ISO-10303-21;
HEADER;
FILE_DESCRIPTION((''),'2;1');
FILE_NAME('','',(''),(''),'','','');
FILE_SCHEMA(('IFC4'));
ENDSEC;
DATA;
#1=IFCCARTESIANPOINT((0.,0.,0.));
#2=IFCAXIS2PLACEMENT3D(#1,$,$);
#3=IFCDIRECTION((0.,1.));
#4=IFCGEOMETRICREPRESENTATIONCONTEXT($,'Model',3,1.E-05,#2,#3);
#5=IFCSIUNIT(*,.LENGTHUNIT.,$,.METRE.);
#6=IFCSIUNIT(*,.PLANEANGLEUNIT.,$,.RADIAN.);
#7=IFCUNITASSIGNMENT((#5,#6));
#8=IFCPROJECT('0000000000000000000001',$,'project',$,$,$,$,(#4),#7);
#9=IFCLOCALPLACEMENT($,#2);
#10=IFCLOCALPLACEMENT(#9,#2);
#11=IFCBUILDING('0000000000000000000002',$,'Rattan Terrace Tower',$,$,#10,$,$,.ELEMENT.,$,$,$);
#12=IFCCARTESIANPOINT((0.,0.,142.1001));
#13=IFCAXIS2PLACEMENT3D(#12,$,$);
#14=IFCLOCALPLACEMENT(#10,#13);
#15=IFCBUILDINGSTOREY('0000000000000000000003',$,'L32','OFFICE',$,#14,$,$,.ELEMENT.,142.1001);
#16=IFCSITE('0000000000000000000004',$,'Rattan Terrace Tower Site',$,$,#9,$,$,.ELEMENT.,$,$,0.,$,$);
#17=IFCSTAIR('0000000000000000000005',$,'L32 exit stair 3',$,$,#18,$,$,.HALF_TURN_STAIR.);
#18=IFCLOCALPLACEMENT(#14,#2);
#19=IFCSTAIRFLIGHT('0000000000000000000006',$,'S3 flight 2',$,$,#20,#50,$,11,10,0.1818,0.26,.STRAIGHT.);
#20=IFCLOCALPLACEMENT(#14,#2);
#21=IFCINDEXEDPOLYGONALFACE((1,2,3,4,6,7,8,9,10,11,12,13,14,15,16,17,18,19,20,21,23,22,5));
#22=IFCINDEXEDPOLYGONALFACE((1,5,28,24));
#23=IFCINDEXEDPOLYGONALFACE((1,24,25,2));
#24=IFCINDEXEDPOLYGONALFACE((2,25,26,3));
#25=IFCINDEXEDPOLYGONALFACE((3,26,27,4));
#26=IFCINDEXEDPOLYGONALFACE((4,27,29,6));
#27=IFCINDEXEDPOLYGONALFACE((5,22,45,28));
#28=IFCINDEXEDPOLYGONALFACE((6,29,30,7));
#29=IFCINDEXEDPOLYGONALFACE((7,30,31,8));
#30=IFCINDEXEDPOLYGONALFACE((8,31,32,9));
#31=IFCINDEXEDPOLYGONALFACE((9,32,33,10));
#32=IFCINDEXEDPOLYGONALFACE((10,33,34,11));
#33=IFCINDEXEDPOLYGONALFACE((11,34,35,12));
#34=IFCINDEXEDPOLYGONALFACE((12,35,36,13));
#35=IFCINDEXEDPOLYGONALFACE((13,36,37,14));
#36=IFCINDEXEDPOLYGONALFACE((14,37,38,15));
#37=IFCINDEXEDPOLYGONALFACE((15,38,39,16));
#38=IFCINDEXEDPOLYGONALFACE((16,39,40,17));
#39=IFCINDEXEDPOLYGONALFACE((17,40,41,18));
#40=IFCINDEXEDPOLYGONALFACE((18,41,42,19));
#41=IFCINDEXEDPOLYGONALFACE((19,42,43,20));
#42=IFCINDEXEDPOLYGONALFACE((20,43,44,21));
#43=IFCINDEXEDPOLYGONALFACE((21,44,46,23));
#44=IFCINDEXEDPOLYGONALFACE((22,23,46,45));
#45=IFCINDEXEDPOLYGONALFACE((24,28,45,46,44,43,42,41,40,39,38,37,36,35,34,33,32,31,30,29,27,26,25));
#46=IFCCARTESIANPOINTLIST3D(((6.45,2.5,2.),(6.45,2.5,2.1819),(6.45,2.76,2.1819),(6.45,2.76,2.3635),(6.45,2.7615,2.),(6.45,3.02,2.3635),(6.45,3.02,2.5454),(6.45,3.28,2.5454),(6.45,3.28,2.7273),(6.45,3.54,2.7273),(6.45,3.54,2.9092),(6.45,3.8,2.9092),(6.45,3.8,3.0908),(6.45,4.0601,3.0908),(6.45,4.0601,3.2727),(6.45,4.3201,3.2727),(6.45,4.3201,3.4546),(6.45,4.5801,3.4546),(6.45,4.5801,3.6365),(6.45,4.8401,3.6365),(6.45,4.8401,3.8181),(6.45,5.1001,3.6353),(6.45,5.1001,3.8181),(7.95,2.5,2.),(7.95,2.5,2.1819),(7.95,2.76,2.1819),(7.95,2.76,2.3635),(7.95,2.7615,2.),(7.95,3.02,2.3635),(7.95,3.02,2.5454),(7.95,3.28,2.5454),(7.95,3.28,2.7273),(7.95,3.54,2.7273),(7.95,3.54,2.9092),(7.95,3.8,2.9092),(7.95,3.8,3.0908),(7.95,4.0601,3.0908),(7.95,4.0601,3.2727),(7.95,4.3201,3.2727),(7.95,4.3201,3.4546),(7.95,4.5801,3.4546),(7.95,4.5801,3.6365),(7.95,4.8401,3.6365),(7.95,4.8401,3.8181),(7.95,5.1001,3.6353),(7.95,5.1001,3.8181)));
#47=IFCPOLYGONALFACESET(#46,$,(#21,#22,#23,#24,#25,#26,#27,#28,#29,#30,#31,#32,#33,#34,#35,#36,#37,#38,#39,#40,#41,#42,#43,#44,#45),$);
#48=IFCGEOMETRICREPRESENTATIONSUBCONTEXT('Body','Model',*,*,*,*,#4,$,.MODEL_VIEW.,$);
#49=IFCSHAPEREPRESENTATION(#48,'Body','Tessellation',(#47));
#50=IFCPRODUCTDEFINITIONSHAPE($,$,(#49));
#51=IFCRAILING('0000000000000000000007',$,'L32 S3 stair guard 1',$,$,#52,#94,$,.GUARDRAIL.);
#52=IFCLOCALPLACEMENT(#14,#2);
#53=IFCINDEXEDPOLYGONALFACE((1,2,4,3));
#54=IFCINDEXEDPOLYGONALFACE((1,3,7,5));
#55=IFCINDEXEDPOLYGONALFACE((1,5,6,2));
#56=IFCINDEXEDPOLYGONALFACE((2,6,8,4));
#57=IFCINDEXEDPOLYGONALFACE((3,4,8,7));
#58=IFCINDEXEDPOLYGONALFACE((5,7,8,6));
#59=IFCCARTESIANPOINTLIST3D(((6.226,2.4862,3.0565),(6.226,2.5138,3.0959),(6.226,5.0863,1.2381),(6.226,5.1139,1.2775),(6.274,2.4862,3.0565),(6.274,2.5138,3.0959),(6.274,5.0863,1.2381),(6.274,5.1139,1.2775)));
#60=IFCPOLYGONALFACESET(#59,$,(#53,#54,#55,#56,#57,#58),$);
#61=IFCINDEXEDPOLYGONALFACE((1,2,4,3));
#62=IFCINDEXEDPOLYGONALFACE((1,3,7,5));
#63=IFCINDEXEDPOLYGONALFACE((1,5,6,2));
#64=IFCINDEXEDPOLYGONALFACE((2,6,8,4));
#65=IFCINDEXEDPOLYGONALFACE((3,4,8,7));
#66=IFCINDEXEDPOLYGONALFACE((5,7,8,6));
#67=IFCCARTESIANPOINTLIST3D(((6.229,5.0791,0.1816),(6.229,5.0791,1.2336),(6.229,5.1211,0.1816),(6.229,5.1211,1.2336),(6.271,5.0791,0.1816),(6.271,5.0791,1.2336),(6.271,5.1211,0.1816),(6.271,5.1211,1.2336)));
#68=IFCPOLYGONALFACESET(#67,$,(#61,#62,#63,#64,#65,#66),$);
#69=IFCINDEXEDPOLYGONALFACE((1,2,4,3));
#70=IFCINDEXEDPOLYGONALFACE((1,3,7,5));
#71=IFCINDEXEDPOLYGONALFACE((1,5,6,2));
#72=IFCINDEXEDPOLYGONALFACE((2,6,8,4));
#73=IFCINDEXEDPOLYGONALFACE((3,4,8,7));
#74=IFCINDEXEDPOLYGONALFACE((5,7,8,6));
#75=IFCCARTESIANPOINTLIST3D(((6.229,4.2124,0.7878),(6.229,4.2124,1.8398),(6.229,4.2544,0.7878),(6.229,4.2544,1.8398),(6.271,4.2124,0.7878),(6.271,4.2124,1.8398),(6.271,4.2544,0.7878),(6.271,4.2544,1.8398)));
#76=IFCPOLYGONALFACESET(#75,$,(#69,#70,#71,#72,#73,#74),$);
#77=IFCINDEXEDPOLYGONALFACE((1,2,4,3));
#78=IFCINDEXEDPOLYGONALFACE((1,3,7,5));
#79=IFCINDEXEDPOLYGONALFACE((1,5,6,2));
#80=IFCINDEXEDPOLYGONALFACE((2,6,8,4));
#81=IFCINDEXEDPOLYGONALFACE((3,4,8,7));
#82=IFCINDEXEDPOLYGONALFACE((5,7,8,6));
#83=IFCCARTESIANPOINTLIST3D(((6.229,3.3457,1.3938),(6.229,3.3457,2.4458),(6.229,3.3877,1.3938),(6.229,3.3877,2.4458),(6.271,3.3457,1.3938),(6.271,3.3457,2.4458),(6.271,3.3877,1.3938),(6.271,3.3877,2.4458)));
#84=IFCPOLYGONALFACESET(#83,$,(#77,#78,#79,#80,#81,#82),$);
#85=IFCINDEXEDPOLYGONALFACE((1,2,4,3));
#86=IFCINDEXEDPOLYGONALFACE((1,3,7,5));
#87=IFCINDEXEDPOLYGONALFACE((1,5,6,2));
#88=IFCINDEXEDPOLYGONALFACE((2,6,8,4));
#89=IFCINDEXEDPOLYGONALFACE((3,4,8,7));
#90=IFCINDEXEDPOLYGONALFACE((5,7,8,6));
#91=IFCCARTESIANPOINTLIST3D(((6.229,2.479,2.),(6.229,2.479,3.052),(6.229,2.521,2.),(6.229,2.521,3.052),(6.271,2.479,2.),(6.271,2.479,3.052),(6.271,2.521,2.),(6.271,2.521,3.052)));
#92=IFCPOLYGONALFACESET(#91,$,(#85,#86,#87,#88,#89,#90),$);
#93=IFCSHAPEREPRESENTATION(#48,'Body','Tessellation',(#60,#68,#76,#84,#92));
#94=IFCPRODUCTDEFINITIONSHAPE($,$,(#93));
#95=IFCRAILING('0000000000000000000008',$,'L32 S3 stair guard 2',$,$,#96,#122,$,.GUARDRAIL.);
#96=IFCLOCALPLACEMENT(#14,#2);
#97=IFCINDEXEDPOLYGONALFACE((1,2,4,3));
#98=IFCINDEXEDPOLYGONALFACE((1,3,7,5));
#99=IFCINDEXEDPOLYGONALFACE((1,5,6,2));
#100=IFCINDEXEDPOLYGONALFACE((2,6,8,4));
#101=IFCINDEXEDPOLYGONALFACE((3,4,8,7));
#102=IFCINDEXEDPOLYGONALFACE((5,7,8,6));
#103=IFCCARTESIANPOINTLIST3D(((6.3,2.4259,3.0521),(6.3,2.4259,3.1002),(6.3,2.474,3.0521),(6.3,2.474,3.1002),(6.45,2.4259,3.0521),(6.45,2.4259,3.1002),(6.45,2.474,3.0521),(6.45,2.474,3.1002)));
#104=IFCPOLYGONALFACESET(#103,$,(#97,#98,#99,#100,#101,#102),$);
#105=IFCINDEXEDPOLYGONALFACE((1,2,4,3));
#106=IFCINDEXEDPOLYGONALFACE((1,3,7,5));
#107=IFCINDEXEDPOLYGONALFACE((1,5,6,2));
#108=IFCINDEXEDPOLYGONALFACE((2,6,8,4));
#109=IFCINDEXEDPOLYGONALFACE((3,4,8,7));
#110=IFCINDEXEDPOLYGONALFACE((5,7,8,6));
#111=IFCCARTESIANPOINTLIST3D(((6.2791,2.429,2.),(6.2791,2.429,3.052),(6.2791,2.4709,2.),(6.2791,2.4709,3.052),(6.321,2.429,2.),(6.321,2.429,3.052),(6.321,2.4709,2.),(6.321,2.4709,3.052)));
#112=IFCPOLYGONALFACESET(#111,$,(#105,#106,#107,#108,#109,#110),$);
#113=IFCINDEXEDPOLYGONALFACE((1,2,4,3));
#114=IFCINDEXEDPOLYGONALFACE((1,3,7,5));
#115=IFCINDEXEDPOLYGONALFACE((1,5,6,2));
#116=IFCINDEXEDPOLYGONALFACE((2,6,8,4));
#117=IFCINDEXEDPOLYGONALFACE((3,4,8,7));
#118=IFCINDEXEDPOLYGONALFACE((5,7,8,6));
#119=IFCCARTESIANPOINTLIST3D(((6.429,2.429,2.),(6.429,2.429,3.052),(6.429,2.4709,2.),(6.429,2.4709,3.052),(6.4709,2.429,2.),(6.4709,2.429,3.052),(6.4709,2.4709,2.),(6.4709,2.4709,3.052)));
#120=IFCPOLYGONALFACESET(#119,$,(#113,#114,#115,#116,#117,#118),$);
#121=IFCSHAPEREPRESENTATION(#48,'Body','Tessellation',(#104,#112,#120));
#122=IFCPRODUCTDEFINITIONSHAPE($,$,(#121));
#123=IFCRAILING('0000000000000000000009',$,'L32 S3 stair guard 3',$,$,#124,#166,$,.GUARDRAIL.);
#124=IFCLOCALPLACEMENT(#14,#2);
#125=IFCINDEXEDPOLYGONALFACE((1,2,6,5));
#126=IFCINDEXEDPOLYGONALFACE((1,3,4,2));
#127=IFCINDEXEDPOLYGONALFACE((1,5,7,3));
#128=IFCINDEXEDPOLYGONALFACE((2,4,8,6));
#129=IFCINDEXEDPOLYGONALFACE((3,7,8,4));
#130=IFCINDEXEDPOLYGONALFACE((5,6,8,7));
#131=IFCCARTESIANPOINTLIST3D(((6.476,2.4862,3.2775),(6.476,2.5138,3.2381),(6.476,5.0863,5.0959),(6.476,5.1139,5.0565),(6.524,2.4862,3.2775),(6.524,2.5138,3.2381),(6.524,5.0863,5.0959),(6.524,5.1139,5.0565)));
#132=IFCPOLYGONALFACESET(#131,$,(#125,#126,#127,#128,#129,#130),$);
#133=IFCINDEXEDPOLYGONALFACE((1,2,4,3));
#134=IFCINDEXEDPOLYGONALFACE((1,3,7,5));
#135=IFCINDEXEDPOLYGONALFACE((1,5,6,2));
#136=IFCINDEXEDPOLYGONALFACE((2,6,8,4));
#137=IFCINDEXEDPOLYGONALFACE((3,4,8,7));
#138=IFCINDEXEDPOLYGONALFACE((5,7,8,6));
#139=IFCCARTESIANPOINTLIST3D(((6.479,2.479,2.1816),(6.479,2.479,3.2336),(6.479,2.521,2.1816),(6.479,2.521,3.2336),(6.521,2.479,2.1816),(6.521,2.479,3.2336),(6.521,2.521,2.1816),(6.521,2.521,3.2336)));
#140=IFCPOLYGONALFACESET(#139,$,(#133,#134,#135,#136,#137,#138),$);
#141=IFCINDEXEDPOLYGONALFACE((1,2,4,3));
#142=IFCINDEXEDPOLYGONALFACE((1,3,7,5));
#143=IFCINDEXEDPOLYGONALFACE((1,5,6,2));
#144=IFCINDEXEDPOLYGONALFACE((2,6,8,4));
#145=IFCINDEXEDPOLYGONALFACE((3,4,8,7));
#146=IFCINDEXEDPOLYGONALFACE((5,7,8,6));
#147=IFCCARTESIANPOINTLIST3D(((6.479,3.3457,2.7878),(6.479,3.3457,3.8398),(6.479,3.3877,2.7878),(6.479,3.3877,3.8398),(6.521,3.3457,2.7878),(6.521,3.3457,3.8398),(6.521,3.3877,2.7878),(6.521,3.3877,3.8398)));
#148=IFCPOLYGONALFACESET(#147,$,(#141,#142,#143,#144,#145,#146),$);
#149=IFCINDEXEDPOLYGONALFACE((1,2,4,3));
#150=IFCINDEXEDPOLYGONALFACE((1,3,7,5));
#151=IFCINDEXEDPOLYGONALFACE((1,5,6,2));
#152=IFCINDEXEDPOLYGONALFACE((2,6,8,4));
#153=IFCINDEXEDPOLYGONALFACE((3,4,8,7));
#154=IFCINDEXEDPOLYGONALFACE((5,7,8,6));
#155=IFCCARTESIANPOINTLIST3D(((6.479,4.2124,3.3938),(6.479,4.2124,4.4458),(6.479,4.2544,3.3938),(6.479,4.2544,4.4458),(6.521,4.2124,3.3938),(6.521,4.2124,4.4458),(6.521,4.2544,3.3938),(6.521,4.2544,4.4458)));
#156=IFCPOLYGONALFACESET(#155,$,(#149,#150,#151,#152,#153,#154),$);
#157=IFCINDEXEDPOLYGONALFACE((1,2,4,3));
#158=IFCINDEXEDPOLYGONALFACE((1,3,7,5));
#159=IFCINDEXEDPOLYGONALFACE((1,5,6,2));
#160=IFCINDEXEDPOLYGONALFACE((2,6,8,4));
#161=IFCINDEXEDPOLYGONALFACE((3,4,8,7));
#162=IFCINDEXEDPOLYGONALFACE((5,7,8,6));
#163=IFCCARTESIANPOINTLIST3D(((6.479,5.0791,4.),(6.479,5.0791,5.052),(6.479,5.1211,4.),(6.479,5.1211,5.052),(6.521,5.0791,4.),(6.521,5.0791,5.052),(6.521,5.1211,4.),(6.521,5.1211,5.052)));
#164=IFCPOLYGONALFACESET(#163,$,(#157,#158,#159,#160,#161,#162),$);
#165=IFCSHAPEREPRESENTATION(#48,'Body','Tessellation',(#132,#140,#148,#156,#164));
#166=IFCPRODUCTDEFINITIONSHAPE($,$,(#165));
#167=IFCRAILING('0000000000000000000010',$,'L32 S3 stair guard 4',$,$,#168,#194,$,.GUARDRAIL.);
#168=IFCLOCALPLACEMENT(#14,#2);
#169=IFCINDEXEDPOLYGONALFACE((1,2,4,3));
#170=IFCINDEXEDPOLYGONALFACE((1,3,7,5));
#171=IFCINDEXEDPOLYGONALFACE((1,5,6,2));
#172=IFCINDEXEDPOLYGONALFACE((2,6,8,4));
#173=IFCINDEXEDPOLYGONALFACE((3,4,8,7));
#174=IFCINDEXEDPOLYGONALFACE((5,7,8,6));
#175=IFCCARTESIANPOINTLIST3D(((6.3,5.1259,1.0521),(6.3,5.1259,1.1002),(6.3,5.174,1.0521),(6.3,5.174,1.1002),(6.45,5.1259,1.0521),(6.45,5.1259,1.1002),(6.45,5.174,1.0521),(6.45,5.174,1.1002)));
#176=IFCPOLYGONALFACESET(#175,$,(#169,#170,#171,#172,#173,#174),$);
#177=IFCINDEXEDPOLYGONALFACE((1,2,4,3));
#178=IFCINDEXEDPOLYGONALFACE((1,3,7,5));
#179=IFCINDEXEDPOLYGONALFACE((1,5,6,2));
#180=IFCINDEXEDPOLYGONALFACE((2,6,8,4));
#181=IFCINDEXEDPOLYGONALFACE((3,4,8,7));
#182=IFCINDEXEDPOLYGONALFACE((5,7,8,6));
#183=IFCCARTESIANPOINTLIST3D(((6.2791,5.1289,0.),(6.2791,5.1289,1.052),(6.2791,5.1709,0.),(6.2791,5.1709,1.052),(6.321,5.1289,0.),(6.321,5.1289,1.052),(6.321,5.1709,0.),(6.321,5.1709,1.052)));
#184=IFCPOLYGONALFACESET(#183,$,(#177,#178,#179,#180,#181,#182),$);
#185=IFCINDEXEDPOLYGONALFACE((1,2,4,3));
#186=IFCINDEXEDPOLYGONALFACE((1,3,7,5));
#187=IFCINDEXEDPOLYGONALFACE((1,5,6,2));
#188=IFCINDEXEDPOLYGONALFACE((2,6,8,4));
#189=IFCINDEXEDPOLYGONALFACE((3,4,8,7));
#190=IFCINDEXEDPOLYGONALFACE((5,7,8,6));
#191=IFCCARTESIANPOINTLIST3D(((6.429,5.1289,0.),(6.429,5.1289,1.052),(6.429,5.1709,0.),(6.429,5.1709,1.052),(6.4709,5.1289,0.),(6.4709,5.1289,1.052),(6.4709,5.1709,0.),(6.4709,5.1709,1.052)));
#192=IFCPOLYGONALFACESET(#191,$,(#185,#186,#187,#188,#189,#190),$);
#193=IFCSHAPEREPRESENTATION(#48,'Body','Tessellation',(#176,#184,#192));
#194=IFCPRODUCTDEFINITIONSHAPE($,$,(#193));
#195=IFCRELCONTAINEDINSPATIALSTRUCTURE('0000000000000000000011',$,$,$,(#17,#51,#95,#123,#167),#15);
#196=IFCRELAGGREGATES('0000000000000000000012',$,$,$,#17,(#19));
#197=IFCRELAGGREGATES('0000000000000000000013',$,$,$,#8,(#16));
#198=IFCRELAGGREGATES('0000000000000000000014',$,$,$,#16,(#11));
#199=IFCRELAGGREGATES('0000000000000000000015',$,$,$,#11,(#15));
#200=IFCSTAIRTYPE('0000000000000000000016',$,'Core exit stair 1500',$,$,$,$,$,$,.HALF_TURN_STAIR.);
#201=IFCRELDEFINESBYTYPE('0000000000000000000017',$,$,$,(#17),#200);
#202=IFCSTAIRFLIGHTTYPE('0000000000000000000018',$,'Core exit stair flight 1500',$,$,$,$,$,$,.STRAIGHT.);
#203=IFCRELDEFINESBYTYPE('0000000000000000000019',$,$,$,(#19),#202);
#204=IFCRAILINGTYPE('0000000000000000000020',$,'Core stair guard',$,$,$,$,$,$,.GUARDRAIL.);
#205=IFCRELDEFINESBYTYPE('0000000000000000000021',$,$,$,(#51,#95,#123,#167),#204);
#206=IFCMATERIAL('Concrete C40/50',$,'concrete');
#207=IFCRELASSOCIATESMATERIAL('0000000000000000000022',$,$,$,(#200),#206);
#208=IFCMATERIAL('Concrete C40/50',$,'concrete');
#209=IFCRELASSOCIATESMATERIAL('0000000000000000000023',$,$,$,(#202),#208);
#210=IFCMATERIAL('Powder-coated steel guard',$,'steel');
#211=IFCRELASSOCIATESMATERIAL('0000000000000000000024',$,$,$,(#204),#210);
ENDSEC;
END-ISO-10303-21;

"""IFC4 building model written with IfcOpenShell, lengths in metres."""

from ifc_helpers import new_model, si_unit, direction, frame, origin, origin_2d, place, context, subcontext, project, spatial, polyline, rectangle, outline, extrude, material, type_object, element, aggregate, save


model = new_model("IFC4")

# Units and contexts
model_context = context("Model", 3, precision=1e-05, world=origin(), true_north=direction((0.0, 1.0)))
body_context = subcontext(model_context, "Body", "Model", "MODEL_VIEW")
ifc_project = project(units=[si_unit("LENGTHUNIT", "METRE"), si_unit("PLANEANGLEUNIT", "RADIAN")], contexts=[model_context])

# Site, building, storey
site_placement = place(None, origin())
site = spatial("IfcSite", under=ifc_project, at=site_placement, Name="Rattan Terrace Tower Site", CompositionType="ELEMENT", RefElevation=0.0)
building_placement = place(site_placement, origin())
building = spatial("IfcBuilding", under=site, at=building_placement, Name="Rattan Terrace Tower", CompositionType="ELEMENT")
storey_placement = place(building_placement, frame((0.0, 0.0, 142.1001)))
storey = spatial("IfcBuildingStorey", under=building, at=storey_placement, Name="L32", Description="OFFICE", CompositionType="ELEMENT", Elevation=142.1001)

# Stair
ifc_material_1 = material(Name="Concrete C40/50", Category="concrete")
stair_type = type_object("IfcStairType", Name="Core exit stair 1500", PredefinedType="HALF_TURN_STAIR", material=ifc_material_1)
stair_1_placement = place(storey_placement, origin())
stair_1 = element("IfcStair", 1, at=stair_1_placement, inside=storey, type_object=stair_type, Name="L32 exit stair 3", PredefinedType="HALF_TURN_STAIR")

# Stair flight
ifc_material_2 = material(Name="Concrete C40/50", Category="concrete")
stair_flight_type = type_object("IfcStairFlightType", Name="Core exit stair flight 1500", PredefinedType="STRAIGHT", material=ifc_material_2)
stair_flight_1_placement = place(storey_placement, frame((7.2, 2.5, 2.0), z_axis=(0.0, 0.0, 1.0), x_axis=(0.0, 1.0, 0.0)))
stair_flight_1 = element("IfcStairFlight", 2, at=stair_flight_1_placement, type_object=stair_flight_type, Name="S3 flight 2", NumberOfRisers=11, NumberOfTreads=10, PredefinedType="STRAIGHT", RiserHeight=0.1818, TreadLength=0.26, context=body_context, shape_type="SweptSolid", body=[
    extrude(outline(polyline([(0.0, 0.0), (0.0, 0.1819), (0.26, 0.1819), (0.26, 0.3635), (0.52, 0.3635), (0.52, 0.5454), (0.78, 0.5454), (0.78, 0.7273), (1.04, 0.7273), (1.04, 0.9092), (1.3, 0.9092), (1.3, 1.0908), (1.5601, 1.0908), (1.5601, 1.2727), (1.8201, 1.2727), (1.8201, 1.4546), (2.0801, 1.4546), (2.0801, 1.6365), (2.3401, 1.6365), (2.3401, 1.8181), (2.6001, 1.8181), (2.6001, 2.0), (2.6001, 1.6353), (0.2615, 0.0), (0.0, 0.0)])), frame((0.0, 0.75, 0.0), z_axis=(0.0, -1.0, 0.0), x_axis=(1.0, 0.0, 0.0)), (0.0, 0.0, 1.0), 1.5),
])
aggregate(stair_1, [stair_flight_1])

# Railings
ifc_material_3 = material(Name="Powder-coated steel guard", Category="steel")
railing_type_1 = type_object("IfcRailingType", Name="Core stair guard", PredefinedType="GUARDRAIL", material=ifc_material_3)
railing_1_placement = place(storey_placement, frame((6.25, 5.1001, 0.1816)))
element("IfcRailing", 3, at=railing_1_placement, inside=storey, type_object=railing_type_1, Name="L32 S3 stair guard 1", PredefinedType="GUARDRAIL", context=body_context, shape_type="SweptSolid", body=[
    extrude(rectangle(XDim=0.0481, YDim=0.0481, at=origin_2d()), frame((0.0, 0.0, 1.0762), z_axis=(0.0, -0.819485, 0.573101), x_axis=(1.0, 0.0, 0.0)), (0.0, 0.0, 1.0), 3.1729),
    extrude(rectangle(XDim=0.042, YDim=0.042, at=origin_2d()), origin(), (0.0, 0.0, 1.0), 1.052),
    extrude(rectangle(XDim=0.042, YDim=0.042, at=origin_2d()), frame((0.0, -0.8667, 0.6062)), (0.0, 0.0, 1.0), 1.052),
    extrude(rectangle(XDim=0.042, YDim=0.042, at=origin_2d()), frame((0.0, -1.7334, 1.2122)), (0.0, 0.0, 1.0), 1.052),
    extrude(rectangle(XDim=0.042, YDim=0.042, at=origin_2d()), frame((0.0, -2.6001, 1.8184)), (0.0, 0.0, 1.0), 1.052),
])
railing_2_placement = place(storey_placement, frame((6.3, 2.45, 2.0)))
element("IfcRailing", 4, at=railing_2_placement, inside=storey, type_object=railing_type_1, Name="L32 S3 stair guard 2", PredefinedType="GUARDRAIL", context=body_context, shape_type="SweptSolid", body=[
    extrude(rectangle(XDim=0.0481, YDim=0.0481, at=origin_2d()), frame((0.0, 0.0, 1.0762), z_axis=(1.0, 0.0, 0.0), x_axis=(0.0, 1.0, 0.0)), (0.0, 0.0, 1.0), 0.1499),
    extrude(rectangle(XDim=0.042, YDim=0.042, at=origin_2d()), origin(), (0.0, 0.0, 1.0), 1.052),
    extrude(rectangle(XDim=0.042, YDim=0.042, at=origin_2d()), frame((0.1499, 0.0, 0.0)), (0.0, 0.0, 1.0), 1.052),
])
railing_3_placement = place(storey_placement, frame((6.5, 2.5, 2.1816)))
element("IfcRailing", 5, at=railing_3_placement, inside=storey, type_object=railing_type_1, Name="L32 S3 stair guard 3", PredefinedType="GUARDRAIL", context=body_context, shape_type="SweptSolid", body=[
    extrude(rectangle(XDim=0.0481, YDim=0.0481, at=origin_2d()), frame((0.0, 0.0, 1.0762), z_axis=(0.0, 0.819485, 0.573101), x_axis=(-1.0, 0.0, 0.0)), (0.0, 0.0, 1.0), 3.1729),
    extrude(rectangle(XDim=0.042, YDim=0.042, at=origin_2d()), origin(), (0.0, 0.0, 1.0), 1.052),
    extrude(rectangle(XDim=0.042, YDim=0.042, at=origin_2d()), frame((0.0, 0.8667, 0.6062)), (0.0, 0.0, 1.0), 1.052),
    extrude(rectangle(XDim=0.042, YDim=0.042, at=origin_2d()), frame((0.0, 1.7334, 1.2122)), (0.0, 0.0, 1.0), 1.052),
    extrude(rectangle(XDim=0.042, YDim=0.042, at=origin_2d()), frame((0.0, 2.6001, 1.8184)), (0.0, 0.0, 1.0), 1.052),
])
railing_4_placement = place(storey_placement, frame((6.3, 5.1499, 0.0)))
element("IfcRailing", 6, at=railing_4_placement, inside=storey, type_object=railing_type_1, Name="L32 S3 stair guard 4", PredefinedType="GUARDRAIL", context=body_context, shape_type="SweptSolid", body=[
    extrude(rectangle(XDim=0.0481, YDim=0.0481, at=origin_2d()), frame((0.0, 0.0, 1.0762), z_axis=(1.0, 0.0, 0.0), x_axis=(0.0, 1.0, 0.0)), (0.0, 0.0, 1.0), 0.1499),
    extrude(rectangle(XDim=0.042, YDim=0.042, at=origin_2d()), origin(), (0.0, 0.0, 1.0), 1.052),
    extrude(rectangle(XDim=0.042, YDim=0.042, at=origin_2d()), frame((0.1499, 0.0, 0.0)), (0.0, 0.0, 1.0), 1.052),
])

save(model, "model.ifc")
